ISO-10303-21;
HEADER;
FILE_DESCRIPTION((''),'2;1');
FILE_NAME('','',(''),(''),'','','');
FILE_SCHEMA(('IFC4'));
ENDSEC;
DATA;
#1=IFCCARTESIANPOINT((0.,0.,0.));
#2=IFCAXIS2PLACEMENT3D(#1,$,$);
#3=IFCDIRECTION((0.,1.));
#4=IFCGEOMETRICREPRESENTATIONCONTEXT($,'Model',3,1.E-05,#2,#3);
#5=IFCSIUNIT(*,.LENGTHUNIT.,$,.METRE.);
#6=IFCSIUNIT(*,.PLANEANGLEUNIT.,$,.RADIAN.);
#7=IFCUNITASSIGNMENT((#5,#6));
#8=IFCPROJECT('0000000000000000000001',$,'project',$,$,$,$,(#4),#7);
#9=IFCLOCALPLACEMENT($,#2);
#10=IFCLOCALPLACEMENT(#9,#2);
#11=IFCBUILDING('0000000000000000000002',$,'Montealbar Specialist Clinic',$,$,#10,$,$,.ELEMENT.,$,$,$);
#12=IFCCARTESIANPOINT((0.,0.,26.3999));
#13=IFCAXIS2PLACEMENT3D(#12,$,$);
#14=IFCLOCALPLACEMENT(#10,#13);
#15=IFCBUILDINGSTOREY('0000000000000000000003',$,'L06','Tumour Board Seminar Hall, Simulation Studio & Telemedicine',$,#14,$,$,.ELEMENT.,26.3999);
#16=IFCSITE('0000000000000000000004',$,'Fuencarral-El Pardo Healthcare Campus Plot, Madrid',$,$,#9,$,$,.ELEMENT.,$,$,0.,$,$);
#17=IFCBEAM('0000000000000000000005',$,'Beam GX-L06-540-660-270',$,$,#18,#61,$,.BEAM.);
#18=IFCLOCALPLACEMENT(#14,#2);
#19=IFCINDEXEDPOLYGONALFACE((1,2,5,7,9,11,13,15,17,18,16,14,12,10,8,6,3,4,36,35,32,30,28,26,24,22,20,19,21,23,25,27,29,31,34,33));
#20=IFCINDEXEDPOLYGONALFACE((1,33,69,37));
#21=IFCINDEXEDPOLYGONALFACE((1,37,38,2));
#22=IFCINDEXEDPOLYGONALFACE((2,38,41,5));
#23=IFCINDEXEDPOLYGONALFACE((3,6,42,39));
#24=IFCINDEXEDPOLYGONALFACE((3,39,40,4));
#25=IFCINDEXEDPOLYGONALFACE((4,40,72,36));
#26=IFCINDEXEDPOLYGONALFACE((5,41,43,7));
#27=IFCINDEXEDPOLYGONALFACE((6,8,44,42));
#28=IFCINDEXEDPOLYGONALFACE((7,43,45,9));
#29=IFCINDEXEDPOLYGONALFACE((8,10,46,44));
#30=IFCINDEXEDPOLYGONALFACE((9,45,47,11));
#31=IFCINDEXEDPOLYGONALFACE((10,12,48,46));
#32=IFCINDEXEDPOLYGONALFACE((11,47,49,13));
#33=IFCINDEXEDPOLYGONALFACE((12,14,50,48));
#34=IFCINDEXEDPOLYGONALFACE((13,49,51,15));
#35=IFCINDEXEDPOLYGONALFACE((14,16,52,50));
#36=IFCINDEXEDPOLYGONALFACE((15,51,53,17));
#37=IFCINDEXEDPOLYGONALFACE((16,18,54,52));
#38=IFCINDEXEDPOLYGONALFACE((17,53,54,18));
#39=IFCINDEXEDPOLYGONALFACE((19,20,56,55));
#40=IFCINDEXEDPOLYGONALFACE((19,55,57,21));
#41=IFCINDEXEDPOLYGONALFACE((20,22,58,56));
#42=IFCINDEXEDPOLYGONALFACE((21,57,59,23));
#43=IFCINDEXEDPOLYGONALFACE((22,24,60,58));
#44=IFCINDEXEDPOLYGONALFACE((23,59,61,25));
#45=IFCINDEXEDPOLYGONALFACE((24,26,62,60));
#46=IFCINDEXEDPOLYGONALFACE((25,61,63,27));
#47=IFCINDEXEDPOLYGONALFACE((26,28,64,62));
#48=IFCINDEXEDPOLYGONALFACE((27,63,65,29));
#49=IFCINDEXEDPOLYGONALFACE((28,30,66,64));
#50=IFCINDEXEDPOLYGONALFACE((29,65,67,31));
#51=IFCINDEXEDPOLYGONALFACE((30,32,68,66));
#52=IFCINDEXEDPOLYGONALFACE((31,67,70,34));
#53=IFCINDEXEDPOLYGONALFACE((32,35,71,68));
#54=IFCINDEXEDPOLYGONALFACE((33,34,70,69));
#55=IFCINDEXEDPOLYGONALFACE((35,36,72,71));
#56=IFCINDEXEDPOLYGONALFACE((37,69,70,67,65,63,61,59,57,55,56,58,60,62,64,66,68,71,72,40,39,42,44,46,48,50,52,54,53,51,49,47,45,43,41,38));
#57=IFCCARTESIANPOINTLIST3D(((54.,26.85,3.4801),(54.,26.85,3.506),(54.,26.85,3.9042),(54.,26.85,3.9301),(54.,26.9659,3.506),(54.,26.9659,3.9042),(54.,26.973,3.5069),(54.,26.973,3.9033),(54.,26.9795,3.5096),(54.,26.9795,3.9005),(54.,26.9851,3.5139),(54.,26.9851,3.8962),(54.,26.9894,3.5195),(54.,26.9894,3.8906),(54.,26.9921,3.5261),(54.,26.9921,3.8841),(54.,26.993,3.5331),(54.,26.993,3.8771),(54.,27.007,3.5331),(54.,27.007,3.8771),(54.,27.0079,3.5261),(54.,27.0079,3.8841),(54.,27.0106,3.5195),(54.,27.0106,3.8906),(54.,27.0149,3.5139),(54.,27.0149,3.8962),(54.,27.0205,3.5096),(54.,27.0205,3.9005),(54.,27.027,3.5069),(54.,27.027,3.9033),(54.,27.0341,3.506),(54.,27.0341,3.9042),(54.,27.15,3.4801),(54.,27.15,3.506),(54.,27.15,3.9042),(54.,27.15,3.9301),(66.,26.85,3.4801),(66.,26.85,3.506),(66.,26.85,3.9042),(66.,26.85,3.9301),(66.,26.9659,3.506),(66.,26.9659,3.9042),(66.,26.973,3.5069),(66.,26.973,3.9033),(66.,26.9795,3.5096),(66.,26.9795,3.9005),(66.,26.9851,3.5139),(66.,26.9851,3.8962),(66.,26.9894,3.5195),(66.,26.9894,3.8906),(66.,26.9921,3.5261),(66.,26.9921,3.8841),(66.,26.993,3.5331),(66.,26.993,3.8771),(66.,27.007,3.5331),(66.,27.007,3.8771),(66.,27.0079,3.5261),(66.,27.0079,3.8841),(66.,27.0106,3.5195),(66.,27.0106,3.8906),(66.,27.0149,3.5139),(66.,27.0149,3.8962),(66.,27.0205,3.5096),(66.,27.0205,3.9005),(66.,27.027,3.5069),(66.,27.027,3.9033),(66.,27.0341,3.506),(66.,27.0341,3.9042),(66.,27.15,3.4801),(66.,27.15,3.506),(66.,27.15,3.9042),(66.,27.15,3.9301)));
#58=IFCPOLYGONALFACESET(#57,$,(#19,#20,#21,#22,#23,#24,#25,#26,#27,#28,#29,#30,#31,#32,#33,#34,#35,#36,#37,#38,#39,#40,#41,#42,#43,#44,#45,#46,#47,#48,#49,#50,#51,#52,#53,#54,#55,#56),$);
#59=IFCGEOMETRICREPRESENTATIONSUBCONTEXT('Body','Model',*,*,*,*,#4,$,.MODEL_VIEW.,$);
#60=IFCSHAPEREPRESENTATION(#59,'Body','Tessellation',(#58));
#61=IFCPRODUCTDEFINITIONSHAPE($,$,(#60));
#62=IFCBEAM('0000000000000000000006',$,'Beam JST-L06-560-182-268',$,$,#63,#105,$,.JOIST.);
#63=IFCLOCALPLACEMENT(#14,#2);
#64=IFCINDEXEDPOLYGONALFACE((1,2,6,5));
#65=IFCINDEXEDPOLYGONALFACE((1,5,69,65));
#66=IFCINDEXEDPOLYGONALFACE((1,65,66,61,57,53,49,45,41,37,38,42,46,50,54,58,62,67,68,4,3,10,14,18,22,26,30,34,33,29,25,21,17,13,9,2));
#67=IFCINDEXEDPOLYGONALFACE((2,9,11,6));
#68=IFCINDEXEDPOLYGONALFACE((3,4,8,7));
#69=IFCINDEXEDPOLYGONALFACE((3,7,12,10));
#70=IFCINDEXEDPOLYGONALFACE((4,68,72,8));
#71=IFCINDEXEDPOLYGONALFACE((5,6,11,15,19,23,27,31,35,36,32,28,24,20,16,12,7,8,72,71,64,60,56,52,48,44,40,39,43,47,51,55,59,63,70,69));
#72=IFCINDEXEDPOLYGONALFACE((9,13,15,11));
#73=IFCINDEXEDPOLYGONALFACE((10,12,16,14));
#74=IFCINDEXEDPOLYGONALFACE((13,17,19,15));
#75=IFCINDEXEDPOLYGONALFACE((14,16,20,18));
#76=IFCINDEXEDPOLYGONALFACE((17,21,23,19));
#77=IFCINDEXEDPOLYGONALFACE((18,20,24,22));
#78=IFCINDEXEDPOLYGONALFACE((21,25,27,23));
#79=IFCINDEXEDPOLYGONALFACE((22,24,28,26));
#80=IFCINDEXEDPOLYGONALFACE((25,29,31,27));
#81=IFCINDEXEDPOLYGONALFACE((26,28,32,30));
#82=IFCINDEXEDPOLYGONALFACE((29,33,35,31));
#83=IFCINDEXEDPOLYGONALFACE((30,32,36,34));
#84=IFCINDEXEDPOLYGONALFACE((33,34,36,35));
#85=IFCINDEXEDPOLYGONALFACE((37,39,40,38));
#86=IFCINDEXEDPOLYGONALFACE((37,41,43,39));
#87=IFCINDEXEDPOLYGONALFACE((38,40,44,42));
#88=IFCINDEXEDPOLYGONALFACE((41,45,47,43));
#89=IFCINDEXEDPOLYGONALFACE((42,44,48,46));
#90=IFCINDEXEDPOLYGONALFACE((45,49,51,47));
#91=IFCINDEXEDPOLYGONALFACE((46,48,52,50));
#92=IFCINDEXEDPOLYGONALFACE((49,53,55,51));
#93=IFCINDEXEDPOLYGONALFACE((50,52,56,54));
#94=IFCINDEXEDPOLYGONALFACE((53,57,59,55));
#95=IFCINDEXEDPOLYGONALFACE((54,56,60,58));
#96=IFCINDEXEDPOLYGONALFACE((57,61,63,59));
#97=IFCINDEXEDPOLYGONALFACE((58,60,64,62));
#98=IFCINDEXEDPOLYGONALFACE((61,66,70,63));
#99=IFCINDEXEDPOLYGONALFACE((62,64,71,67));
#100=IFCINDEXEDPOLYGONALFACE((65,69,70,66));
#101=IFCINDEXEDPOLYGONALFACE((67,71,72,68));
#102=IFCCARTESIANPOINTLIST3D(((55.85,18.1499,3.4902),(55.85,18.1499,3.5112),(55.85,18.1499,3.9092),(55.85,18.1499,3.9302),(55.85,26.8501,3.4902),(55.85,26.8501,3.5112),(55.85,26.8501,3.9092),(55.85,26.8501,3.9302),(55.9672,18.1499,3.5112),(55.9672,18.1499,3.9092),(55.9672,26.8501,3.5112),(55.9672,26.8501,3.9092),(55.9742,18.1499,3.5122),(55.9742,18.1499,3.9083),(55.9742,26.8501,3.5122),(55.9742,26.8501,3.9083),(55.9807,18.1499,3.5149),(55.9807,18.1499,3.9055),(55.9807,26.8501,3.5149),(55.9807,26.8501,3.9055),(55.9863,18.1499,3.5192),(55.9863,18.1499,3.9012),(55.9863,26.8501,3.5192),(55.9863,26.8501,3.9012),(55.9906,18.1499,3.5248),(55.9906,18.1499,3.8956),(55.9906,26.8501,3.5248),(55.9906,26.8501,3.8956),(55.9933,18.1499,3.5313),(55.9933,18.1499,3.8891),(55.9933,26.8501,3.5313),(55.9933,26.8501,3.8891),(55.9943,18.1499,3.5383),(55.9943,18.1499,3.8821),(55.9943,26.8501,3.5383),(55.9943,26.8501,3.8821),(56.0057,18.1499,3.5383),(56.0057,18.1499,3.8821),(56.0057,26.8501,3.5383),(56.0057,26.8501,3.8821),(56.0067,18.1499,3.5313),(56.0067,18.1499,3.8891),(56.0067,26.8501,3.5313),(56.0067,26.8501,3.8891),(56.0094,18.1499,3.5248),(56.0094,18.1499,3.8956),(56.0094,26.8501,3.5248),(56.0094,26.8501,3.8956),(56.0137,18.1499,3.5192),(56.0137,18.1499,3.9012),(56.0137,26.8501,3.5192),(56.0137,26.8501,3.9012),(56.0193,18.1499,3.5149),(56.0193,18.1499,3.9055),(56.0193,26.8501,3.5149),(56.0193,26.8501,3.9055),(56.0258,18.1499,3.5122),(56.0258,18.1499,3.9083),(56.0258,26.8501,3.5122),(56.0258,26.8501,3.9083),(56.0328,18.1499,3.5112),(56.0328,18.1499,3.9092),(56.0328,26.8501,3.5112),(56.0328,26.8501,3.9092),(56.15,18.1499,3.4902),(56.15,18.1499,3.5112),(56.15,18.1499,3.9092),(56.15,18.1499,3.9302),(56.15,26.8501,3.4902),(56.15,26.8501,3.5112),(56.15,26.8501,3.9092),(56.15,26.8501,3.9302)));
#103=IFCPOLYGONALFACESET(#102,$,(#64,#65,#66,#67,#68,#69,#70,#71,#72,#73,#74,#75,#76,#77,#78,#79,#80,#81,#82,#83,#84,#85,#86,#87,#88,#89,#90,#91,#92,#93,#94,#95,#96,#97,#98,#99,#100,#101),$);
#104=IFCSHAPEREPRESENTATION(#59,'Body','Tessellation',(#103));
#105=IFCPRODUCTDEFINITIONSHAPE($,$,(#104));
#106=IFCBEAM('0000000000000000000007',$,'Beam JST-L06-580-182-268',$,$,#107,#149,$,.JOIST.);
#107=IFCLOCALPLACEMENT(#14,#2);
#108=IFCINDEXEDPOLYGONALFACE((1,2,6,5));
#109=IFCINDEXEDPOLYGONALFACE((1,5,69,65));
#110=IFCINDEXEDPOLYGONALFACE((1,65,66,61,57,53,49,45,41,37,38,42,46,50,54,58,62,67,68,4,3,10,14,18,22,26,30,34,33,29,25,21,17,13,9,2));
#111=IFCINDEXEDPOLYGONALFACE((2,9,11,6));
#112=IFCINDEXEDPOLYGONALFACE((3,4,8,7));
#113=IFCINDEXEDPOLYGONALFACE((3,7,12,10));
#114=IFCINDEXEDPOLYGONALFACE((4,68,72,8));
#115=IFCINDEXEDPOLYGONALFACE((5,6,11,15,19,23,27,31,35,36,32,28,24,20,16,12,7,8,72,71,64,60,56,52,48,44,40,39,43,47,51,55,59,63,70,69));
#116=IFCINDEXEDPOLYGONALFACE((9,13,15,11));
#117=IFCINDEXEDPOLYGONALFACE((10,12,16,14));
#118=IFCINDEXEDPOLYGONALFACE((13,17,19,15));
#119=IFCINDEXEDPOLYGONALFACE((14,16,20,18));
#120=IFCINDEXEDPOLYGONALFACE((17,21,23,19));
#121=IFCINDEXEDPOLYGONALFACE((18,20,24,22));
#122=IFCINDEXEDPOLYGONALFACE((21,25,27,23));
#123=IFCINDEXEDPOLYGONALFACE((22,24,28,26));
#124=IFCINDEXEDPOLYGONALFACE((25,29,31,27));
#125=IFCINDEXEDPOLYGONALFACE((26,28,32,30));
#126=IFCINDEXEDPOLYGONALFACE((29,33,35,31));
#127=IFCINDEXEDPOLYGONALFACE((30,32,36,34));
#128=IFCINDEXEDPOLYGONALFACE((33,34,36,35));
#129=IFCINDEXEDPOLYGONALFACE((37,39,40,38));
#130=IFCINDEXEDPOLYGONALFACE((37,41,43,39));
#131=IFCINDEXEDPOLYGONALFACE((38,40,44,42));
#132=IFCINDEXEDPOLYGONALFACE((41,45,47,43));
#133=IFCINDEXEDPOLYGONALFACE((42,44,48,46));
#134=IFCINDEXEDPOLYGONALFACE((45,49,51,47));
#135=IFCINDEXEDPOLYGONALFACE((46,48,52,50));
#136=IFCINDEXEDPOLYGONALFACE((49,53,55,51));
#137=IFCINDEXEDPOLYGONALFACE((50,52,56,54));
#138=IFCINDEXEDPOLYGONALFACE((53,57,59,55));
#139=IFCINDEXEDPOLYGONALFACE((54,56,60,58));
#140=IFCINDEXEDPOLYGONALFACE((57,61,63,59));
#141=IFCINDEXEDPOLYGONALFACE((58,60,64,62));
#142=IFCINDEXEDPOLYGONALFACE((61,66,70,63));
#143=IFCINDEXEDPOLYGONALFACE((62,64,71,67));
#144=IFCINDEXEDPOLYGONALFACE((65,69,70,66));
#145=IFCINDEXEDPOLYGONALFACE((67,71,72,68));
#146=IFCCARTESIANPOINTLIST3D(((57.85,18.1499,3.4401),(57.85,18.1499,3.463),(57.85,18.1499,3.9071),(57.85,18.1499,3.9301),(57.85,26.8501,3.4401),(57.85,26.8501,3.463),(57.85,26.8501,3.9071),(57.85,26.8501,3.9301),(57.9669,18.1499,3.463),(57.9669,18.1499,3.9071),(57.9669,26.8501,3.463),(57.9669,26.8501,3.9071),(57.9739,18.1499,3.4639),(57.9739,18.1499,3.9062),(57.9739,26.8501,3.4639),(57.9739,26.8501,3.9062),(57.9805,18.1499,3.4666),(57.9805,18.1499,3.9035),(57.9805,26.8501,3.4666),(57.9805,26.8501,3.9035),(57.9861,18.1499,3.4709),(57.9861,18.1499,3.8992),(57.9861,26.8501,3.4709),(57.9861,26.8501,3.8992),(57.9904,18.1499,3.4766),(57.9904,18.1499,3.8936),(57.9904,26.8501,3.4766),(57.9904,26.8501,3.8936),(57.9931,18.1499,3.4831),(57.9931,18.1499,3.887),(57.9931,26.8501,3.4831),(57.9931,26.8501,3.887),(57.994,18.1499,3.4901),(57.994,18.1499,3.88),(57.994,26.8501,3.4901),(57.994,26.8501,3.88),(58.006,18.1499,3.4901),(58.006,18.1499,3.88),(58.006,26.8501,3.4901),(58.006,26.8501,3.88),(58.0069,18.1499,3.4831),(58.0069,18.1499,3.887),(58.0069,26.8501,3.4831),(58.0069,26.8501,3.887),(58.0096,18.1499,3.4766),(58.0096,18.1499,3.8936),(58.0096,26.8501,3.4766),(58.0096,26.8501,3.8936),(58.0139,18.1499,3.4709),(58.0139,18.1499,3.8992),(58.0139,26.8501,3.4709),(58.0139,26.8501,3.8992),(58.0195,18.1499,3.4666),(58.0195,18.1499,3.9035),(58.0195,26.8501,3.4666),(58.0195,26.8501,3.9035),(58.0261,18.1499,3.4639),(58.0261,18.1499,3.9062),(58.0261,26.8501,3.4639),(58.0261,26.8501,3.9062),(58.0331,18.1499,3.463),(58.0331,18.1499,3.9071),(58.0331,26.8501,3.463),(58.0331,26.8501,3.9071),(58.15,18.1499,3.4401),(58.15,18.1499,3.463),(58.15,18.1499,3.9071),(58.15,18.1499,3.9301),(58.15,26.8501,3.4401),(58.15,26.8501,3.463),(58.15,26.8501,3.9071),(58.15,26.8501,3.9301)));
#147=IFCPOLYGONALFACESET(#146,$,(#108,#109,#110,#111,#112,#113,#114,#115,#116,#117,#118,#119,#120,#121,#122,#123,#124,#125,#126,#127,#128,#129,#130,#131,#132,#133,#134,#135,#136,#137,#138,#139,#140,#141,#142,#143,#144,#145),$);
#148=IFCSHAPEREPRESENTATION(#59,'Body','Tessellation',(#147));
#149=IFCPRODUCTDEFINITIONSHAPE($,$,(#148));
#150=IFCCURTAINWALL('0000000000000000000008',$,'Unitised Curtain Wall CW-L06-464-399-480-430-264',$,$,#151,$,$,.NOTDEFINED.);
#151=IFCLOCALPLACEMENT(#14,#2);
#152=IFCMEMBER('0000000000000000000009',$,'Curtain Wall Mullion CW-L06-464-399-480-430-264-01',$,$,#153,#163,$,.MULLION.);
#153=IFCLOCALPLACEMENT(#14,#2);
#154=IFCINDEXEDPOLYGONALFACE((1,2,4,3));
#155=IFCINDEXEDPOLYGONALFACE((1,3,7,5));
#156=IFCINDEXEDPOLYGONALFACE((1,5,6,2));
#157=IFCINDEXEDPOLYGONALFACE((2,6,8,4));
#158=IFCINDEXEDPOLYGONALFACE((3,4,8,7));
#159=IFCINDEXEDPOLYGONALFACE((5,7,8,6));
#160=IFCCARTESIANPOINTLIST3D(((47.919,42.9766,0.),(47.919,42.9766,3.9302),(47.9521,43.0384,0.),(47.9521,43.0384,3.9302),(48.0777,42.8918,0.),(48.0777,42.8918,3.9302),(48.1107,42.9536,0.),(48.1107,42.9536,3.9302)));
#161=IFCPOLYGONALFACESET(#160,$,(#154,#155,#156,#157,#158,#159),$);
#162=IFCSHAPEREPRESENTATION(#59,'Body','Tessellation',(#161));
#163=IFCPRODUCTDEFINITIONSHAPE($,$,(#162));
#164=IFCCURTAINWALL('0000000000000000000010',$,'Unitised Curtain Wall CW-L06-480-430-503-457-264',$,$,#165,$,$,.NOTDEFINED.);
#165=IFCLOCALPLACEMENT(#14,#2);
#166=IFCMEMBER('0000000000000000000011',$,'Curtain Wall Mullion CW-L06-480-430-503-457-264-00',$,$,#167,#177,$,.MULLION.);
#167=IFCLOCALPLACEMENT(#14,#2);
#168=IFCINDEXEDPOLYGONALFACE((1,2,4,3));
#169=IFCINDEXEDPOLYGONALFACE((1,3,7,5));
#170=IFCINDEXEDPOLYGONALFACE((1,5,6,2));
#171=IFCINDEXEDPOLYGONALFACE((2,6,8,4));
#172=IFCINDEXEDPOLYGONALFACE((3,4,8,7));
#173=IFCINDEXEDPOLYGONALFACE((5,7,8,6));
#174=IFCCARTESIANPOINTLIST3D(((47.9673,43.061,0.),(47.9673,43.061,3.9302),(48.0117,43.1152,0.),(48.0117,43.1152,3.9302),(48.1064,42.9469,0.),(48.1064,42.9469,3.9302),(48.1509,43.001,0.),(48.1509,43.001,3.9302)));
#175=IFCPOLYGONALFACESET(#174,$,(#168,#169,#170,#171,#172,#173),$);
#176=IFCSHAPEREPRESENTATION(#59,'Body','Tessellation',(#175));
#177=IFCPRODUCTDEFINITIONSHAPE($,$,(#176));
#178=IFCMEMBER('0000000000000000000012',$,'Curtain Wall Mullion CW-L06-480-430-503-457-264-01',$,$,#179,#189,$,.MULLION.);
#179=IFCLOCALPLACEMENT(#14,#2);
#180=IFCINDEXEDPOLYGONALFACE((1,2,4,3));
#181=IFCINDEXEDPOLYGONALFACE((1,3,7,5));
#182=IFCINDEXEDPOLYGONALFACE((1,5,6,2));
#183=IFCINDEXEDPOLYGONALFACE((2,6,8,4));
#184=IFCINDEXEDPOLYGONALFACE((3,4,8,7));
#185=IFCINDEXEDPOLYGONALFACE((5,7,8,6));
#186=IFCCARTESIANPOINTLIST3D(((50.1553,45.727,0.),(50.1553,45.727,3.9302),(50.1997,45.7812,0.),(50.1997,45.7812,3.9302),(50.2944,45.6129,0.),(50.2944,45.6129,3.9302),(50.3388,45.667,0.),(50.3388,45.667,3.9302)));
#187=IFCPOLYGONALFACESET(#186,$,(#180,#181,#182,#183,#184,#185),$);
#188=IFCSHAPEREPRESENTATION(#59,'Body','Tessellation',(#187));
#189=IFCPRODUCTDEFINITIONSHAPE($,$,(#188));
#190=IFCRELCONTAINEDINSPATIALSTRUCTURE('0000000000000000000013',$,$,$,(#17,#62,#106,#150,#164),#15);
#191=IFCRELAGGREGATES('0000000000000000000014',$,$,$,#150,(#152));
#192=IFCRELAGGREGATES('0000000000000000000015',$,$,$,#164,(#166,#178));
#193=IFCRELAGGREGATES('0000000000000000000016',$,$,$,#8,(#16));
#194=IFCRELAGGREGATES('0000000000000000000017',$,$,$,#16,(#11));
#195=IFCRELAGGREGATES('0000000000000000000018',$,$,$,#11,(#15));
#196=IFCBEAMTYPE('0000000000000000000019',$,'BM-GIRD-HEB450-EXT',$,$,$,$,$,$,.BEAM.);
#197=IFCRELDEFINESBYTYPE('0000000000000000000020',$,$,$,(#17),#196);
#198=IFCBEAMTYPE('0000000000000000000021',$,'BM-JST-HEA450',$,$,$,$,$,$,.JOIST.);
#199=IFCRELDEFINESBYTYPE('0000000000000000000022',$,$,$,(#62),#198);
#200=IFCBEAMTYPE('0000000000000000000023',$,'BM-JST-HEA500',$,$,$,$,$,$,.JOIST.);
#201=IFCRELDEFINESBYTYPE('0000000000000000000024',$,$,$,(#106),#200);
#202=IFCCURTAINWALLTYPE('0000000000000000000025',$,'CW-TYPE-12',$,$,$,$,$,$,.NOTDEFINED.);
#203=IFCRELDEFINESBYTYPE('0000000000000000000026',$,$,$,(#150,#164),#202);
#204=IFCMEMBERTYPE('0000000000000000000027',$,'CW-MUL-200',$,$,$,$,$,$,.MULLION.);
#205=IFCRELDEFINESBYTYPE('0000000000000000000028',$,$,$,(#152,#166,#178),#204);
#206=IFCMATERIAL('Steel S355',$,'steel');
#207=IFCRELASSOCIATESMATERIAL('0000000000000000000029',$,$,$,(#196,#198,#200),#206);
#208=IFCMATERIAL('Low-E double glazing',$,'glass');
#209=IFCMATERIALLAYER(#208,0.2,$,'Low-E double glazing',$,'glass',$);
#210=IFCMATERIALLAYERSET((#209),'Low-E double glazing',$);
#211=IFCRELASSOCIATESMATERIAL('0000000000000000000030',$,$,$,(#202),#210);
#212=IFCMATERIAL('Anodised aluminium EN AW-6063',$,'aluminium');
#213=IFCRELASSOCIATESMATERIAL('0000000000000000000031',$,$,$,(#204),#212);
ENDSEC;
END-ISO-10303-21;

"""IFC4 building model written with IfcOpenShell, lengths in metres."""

from ifc_helpers import new_model, si_unit, direction, frame, origin, origin_2d, place, context, subcontext, project, spatial, rectangle, i_section, extrude, material, layer, layer_set, material_profile, profile_set, type_object, element, aggregate, save


model = new_model("IFC4")

# Units and contexts
model_context = context("Model", 3, precision=1e-05, world=origin(), true_north=direction((0.0, 1.0)))
body_context = subcontext(model_context, "Body", "Model", "MODEL_VIEW")
ifc_project = project(units=[si_unit("LENGTHUNIT", "METRE"), si_unit("PLANEANGLEUNIT", "RADIAN")], contexts=[model_context])

# Site, building, storey
site_placement = place(None, origin())
site = spatial("IfcSite", under=ifc_project, at=site_placement, Name="Fuencarral-El Pardo Healthcare Campus Plot, Madrid", CompositionType="ELEMENT", RefElevation=0.0)
building_placement = place(site_placement, origin())
building = spatial("IfcBuilding", under=site, at=building_placement, Name="Montealbar Specialist Clinic", CompositionType="ELEMENT")
storey_placement = place(building_placement, frame((0.0, 0.0, 26.3999)))
storey = spatial("IfcBuildingStorey", under=building, at=storey_placement, Name="L06", Description="Tumour Board Seminar Hall, Simulation Studio & Telemedicine", CompositionType="ELEMENT", Elevation=26.3999)

# Shared definitions
ifc_material_1 = material(Name="Steel S355", Category="steel")

# Beams
ifc_material_profile_1 = material_profile(ifc_material_1, i_section(OverallWidth=0.3, OverallDepth=0.45, WebThickness=0.0139, FlangeThickness=0.0259, FilletRadius=0.0271, at=origin_2d()), Name="HEB 450", Category="steel")
ifc_profile_set_1 = profile_set([ifc_material_profile_1], Name="Steel S355")
beam_type_1 = type_object("IfcBeamType", Name="BM-GIRD-HEB450-EXT", PredefinedType="BEAM", material=ifc_profile_set_1)
beam_1_placement = place(storey_placement, frame((54.0, 27.0, 3.7051), z_axis=(1.0, 0.0, 0.0), x_axis=(0.0, 1.0, 0.0)))
element("IfcBeam", 1, at=beam_1_placement, inside=storey, type_object=beam_type_1, Name="Beam GX-L06-540-660-270", PredefinedType="BEAM", context=body_context, shape_type="SweptSolid", body=[
    extrude(i_section(OverallWidth=0.3, OverallDepth=0.45, WebThickness=0.0139, FlangeThickness=0.0259, FilletRadius=0.0271, at=origin_2d()), origin(), (0.0, 0.0, 1.0), 12.0),
])
ifc_material_profile_2 = material_profile(ifc_material_1, i_section(OverallWidth=0.3, OverallDepth=0.4399, WebThickness=0.0115, FlangeThickness=0.021, FilletRadius=0.0271, at=origin_2d()), Name="HEA 450", Category="steel")
ifc_profile_set_2 = profile_set([ifc_material_profile_2], Name="Steel S355")
beam_type_2 = type_object("IfcBeamType", Name="BM-JST-HEA450", PredefinedType="JOIST", material=ifc_profile_set_2)
beam_2_placement = place(storey_placement, frame((56.0, 18.1499, 3.7102), z_axis=(0.0, 1.0, 0.0), x_axis=(-1.0, 0.0, 0.0)))
element("IfcBeam", 2, at=beam_2_placement, inside=storey, type_object=beam_type_2, Name="Beam JST-L06-560-182-268", PredefinedType="JOIST", context=body_context, shape_type="SweptSolid", body=[
    extrude(i_section(OverallWidth=0.3, OverallDepth=0.4399, WebThickness=0.0115, FlangeThickness=0.021, FilletRadius=0.0271, at=origin_2d()), origin(), (0.0, 0.0, 1.0), 8.7002),
])
ifc_material_profile_3 = material_profile(ifc_material_1, i_section(OverallWidth=0.3, OverallDepth=0.49, WebThickness=0.012, FlangeThickness=0.0229, FilletRadius=0.0271, at=origin_2d()), Name="HEA 500", Category="steel")
ifc_profile_set_3 = profile_set([ifc_material_profile_3], Name="Steel S355")
beam_type_3 = type_object("IfcBeamType", Name="BM-JST-HEA500", PredefinedType="JOIST", material=ifc_profile_set_3)
beam_3_placement = place(storey_placement, frame((58.0, 18.1499, 3.6851), z_axis=(0.0, 1.0, 0.0), x_axis=(-1.0, 0.0, 0.0)))
element("IfcBeam", 3, at=beam_3_placement, inside=storey, type_object=beam_type_3, Name="Beam JST-L06-580-182-268", PredefinedType="JOIST", context=body_context, shape_type="SweptSolid", body=[
    extrude(i_section(OverallWidth=0.3, OverallDepth=0.49, WebThickness=0.012, FlangeThickness=0.0229, FilletRadius=0.0271, at=origin_2d()), origin(), (0.0, 0.0, 1.0), 8.7002),
])

# Curtain wall, member
ifc_material_2 = material(Name="Low-E double glazing", Category="glass")
ifc_layer_1 = layer(ifc_material_2, 0.2, Name="Low-E double glazing", Category="glass")
ifc_layer_set_1 = layer_set([ifc_layer_1], Name="Low-E double glazing")
curtain_wall_type = type_object("IfcCurtainWallType", Name="CW-TYPE-12", PredefinedType="NOTDEFINED", material=ifc_layer_set_1)
curtain_wall_1_placement = place(storey_placement, origin())
curtain_wall_1 = element("IfcCurtainWall", 4, at=curtain_wall_1_placement, inside=storey, type_object=curtain_wall_type, Name="Unitised Curtain Wall CW-L06-464-399-480-430-264", PredefinedType="NOTDEFINED")
ifc_material_3 = material(Name="Anodised aluminium EN AW-6063", Category="aluminium")
ifc_material_profile_4 = material_profile(ifc_material_3, rectangle(XDim=0.0701, YDim=0.1799, at=origin_2d()), Name="ALU 70x180", Category="aluminium")
ifc_profile_set_4 = profile_set([ifc_material_profile_4], Name="Anodised aluminium EN AW-6063")
member_type_1 = type_object("IfcMemberType", Name="CW-MUL-200", PredefinedType="MULLION", material=ifc_profile_set_4)
member_1_placement = place(storey_placement, frame((48.0149, 42.9651, 0.0), z_axis=(0.0, 0.0, 1.0), x_axis=(0.471529, 0.88185, 0.0)))
member_1 = element("IfcMember", 5, at=member_1_placement, type_object=member_type_1, Name="Curtain Wall Mullion CW-L06-464-399-480-430-264-01", PredefinedType="MULLION", context=body_context, shape_type="SweptSolid", body=[
    extrude(rectangle(XDim=0.0701, YDim=0.1799, at=origin_2d()), origin(), (0.0, 0.0, 1.0), 3.9302),
])
aggregate(curtain_wall_1, [member_1])

# Curtain wall, members
curtain_wall_2_placement = place(storey_placement, origin())
curtain_wall_2 = element("IfcCurtainWall", 6, at=curtain_wall_2_placement, inside=storey, type_object=curtain_wall_type, Name="Unitised Curtain Wall CW-L06-480-430-503-457-264", PredefinedType="NOTDEFINED")
member_2_placement = place(storey_placement, frame((48.0591, 43.031, 0.0), z_axis=(0.0, 0.0, 1.0), x_axis=(0.634256, 0.773123, 0.0)))
member_2 = element("IfcMember", 7, at=member_2_placement, type_object=member_type_1, Name="Curtain Wall Mullion CW-L06-480-430-503-457-264-00", PredefinedType="MULLION", context=body_context, shape_type="SweptSolid", body=[
    extrude(rectangle(XDim=0.0701, YDim=0.1799, at=origin_2d()), origin(), (0.0, 0.0, 1.0), 3.9302),
])
member_3_placement = place(storey_placement, frame((50.2471, 45.697, 0.0), z_axis=(0.0, 0.0, 1.0), x_axis=(0.634256, 0.773123, 0.0)))
member_3 = element("IfcMember", 8, at=member_3_placement, type_object=member_type_1, Name="Curtain Wall Mullion CW-L06-480-430-503-457-264-01", PredefinedType="MULLION", context=body_context, shape_type="SweptSolid", body=[
    extrude(rectangle(XDim=0.0701, YDim=0.1799, at=origin_2d()), origin(), (0.0, 0.0, 1.0), 3.9302),
])

aggregate(curtain_wall_2, [member_2, member_3])

save(model, "model.ifc")
